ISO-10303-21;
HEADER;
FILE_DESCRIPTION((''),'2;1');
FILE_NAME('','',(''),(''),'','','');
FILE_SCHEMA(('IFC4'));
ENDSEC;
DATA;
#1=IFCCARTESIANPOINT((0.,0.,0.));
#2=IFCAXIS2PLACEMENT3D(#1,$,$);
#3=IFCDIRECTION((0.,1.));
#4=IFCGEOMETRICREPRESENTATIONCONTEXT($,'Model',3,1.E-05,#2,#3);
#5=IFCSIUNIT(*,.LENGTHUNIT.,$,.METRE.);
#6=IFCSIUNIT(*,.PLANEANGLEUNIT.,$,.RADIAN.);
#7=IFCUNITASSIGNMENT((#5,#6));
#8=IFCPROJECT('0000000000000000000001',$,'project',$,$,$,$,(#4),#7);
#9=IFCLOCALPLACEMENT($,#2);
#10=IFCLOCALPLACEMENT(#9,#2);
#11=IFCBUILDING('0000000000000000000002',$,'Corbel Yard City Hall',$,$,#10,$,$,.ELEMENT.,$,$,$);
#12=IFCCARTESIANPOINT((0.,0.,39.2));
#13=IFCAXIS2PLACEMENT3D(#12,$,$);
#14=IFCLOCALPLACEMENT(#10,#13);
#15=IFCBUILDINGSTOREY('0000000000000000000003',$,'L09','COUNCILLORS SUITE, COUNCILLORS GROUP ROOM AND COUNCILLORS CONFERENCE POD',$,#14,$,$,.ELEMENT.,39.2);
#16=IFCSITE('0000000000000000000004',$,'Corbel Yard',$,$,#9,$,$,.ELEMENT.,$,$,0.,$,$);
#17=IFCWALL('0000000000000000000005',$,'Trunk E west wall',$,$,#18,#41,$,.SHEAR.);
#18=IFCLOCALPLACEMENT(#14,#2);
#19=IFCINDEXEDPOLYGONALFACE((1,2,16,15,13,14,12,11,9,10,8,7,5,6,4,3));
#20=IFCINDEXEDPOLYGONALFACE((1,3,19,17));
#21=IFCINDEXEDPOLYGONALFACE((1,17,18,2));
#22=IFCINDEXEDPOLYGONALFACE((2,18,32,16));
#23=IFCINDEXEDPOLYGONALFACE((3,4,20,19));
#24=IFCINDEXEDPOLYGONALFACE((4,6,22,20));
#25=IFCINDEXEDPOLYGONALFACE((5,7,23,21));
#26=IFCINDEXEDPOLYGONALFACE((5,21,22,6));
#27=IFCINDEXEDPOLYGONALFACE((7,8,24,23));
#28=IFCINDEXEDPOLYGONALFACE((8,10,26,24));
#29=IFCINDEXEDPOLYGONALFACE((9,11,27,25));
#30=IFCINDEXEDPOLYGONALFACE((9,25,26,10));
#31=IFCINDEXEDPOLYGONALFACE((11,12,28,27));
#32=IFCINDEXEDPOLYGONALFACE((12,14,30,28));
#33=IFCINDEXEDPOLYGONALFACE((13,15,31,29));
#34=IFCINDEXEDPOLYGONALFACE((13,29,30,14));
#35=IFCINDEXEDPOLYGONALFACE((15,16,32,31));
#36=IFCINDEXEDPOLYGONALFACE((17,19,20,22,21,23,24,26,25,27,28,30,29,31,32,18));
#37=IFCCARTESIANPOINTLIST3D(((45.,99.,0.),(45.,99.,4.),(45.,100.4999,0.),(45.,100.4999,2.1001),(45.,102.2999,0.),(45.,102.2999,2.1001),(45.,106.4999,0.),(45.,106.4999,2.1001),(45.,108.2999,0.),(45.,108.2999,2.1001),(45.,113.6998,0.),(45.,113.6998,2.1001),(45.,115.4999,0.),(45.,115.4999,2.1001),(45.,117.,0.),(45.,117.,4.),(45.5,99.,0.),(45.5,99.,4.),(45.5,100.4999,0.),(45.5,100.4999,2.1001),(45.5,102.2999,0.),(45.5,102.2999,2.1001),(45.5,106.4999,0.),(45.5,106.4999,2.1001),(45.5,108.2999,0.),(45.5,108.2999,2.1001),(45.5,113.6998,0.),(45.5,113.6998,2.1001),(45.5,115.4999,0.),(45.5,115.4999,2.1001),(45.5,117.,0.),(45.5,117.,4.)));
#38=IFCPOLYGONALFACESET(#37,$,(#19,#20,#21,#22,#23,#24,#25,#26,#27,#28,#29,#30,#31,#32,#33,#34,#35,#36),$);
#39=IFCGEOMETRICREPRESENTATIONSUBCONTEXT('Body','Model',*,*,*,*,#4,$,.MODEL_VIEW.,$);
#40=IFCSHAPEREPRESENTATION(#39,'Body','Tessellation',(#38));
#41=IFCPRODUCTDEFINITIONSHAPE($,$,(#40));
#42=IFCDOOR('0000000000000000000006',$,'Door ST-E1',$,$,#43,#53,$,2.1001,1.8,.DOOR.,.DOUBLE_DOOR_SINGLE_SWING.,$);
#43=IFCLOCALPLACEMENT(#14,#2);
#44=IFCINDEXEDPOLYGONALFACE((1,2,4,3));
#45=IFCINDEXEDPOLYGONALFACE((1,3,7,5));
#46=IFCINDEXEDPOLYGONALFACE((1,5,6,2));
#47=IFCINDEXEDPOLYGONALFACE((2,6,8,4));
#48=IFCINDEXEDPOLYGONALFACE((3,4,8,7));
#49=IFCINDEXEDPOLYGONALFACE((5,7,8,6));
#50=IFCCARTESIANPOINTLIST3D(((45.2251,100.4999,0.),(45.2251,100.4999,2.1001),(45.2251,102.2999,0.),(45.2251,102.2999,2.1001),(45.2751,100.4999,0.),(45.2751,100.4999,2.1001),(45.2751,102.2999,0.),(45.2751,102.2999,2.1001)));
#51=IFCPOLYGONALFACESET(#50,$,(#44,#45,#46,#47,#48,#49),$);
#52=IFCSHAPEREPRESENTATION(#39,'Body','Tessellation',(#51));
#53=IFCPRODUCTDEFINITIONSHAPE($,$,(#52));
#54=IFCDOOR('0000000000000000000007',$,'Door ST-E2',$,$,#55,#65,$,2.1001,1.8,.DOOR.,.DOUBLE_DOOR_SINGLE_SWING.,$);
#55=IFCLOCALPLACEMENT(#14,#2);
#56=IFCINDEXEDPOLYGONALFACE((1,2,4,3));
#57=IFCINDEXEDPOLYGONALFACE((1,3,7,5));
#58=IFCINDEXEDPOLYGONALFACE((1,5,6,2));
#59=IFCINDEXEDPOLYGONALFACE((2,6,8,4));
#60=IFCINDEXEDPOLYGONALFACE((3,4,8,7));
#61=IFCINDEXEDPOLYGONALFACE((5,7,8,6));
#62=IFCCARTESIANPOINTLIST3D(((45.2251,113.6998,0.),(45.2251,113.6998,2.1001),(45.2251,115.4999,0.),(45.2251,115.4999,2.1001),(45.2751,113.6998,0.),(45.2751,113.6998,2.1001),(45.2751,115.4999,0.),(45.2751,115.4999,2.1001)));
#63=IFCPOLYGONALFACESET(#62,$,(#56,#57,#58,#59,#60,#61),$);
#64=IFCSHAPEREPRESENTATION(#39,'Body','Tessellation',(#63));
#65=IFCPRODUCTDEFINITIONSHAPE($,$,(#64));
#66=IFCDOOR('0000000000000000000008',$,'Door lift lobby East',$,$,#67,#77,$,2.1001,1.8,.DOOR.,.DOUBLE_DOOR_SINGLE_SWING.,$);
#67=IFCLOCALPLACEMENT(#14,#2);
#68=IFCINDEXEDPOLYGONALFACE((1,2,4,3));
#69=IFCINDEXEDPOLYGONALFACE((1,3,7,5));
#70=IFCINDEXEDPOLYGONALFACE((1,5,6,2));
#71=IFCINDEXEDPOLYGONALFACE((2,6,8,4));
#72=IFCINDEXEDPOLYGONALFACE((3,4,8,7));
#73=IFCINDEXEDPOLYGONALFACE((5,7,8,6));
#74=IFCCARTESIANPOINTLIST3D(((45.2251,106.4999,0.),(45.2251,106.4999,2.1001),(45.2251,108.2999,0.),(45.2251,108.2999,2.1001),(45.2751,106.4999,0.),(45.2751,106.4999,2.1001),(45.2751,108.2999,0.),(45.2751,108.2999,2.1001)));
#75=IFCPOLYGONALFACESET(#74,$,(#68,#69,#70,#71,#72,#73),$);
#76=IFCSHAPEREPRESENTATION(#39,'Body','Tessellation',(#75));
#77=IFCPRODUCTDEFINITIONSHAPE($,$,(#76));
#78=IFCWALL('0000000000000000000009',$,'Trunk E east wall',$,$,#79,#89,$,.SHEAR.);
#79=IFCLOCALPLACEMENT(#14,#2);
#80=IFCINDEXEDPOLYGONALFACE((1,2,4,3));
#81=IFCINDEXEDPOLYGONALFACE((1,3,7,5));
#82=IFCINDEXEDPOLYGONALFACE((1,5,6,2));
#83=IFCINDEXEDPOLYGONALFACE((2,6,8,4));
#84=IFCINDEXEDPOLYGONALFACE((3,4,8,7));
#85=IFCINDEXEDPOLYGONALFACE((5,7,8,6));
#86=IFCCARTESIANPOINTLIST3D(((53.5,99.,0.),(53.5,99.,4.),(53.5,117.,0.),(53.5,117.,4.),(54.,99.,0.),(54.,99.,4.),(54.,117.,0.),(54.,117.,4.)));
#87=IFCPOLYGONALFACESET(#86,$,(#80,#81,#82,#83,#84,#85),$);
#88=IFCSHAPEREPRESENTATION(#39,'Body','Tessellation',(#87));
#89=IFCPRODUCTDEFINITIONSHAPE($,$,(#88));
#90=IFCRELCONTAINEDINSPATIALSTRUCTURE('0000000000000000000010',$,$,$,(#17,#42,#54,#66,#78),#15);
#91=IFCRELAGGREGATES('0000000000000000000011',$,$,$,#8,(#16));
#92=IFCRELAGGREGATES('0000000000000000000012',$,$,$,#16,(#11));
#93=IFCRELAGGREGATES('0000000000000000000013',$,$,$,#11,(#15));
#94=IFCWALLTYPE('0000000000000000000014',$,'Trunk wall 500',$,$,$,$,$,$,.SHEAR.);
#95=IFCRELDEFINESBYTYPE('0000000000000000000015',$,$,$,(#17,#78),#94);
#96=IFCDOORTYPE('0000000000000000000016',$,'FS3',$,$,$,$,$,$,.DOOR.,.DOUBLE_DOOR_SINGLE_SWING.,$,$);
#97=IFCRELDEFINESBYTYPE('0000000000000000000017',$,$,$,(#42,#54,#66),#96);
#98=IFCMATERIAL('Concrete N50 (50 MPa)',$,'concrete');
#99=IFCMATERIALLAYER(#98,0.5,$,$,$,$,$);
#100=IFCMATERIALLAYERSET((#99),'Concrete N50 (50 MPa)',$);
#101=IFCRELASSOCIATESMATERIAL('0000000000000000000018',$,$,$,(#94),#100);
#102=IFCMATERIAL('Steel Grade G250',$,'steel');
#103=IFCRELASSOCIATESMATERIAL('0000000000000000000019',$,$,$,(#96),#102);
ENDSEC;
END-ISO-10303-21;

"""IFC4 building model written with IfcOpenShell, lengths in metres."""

from ifc_helpers import new_model, si_unit, direction, frame, frame_2d, origin, place, context, subcontext, project, spatial, rectangle, extrude, material, layer, layer_set, type_object, element, fill, save


model = new_model("IFC4")

# Units and contexts
model_context = context("Model", 3, precision=1e-05, world=origin(), true_north=direction((0.0, 1.0)))
body_context = subcontext(model_context, "Body", "Model", "MODEL_VIEW")
ifc_project = project(units=[si_unit("LENGTHUNIT", "METRE"), si_unit("PLANEANGLEUNIT", "RADIAN")], contexts=[model_context])

# Site, building, storey
site_placement = place(None, origin())
site = spatial("IfcSite", under=ifc_project, at=site_placement, Name="Corbel Yard", CompositionType="ELEMENT", RefElevation=0.0)
building_placement = place(site_placement, origin())
building = spatial("IfcBuilding", under=site, at=building_placement, Name="Corbel Yard City Hall", CompositionType="ELEMENT")
storey_placement = place(building_placement, frame((0.0, 0.0, 39.2)))
storey = spatial("IfcBuildingStorey", under=building, at=storey_placement, Name="L09", Description="COUNCILLORS SUITE, COUNCILLORS GROUP ROOM AND COUNCILLORS CONFERENCE POD", CompositionType="ELEMENT", Elevation=39.2)

# Wall, openings, doors
ifc_material_1 = material(Name="Concrete N50 (50 MPa)", Category="concrete")
ifc_layer_1 = layer(ifc_material_1, 0.5)
ifc_layer_set_1 = layer_set([ifc_layer_1], Name="Concrete N50 (50 MPa)")
wall_type_1 = type_object("IfcWallType", Name="Trunk wall 500", PredefinedType="SHEAR", material=ifc_layer_set_1)
wall_1_placement = place(storey_placement, frame((45.25, 99.0, 0.0), z_axis=(0.0, 0.0, 1.0), x_axis=(0.0, 1.0, 0.0)))
wall_1 = element("IfcWall", 1, at=wall_1_placement, inside=storey, type_object=wall_type_1, Name="Trunk E west wall", PredefinedType="SHEAR", context=body_context, shape_type="SweptSolid", body=[
    extrude(rectangle(XDim=18.0, YDim=0.5, at=frame_2d((9.0, 0.0))), origin(), (0.0, 0.0, 1.0), 4.0),
])
opening_1_placement = place(wall_1_placement, frame((1.5, 0.0, 0.0)))
opening_1 = element("IfcOpeningElement", 2, at=opening_1_placement, cuts=wall_1, PredefinedType="OPENING", context=body_context, shape_type="SweptSolid", body=[
    extrude(rectangle(XDim=1.8, YDim=2.1001, at=frame_2d((0.8999, 1.05))), frame((0.0, 0.26, 0.0), z_axis=(0.0, -1.0, 0.0), x_axis=(1.0, 0.0, 0.0)), (0.0, 0.0, 1.0), 0.52),
])
opening_2_placement = place(wall_1_placement, frame((14.7, 0.0, 0.0)))
opening_2 = element("IfcOpeningElement", 3, at=opening_2_placement, cuts=wall_1, PredefinedType="OPENING", context=body_context, shape_type="SweptSolid", body=[
    extrude(rectangle(XDim=1.8, YDim=2.1001, at=frame_2d((0.8999, 1.05))), frame((0.0, 0.26, 0.0), z_axis=(0.0, -1.0, 0.0), x_axis=(1.0, 0.0, 0.0)), (0.0, 0.0, 1.0), 0.52),
])
opening_3_placement = place(wall_1_placement, frame((7.5, 0.0, 0.0)))
opening_3 = element("IfcOpeningElement", 4, at=opening_3_placement, cuts=wall_1, PredefinedType="OPENING", context=body_context, shape_type="SweptSolid", body=[
    extrude(rectangle(XDim=1.8, YDim=2.1001, at=frame_2d((0.8999, 1.05))), frame((0.0, 0.26, 0.0), z_axis=(0.0, -1.0, 0.0), x_axis=(1.0, 0.0, 0.0)), (0.0, 0.0, 1.0), 0.52),
])
ifc_material_2 = material(Name="Steel Grade G250", Category="steel")
door_type = type_object("IfcDoorType", Name="FS3", OperationType="DOUBLE_DOOR_SINGLE_SWING", PredefinedType="DOOR", material=ifc_material_2)
door_1_placement = place(opening_1_placement, origin())
door_1 = element("IfcDoor", 5, at=door_1_placement, inside=storey, type_object=door_type, Name="Door ST-E1", OperationType="DOUBLE_DOOR_SINGLE_SWING", OverallHeight=2.1001, OverallWidth=1.8, PredefinedType="DOOR", context=body_context, shape_type="SweptSolid", body=[
    extrude(rectangle(XDim=1.8, YDim=2.1001, at=frame_2d((0.8999, 1.05))), frame((0.0, 0.0249, 0.0), z_axis=(0.0, -1.0, 0.0), x_axis=(1.0, 0.0, 0.0)), (0.0, 0.0, 1.0), 0.05),
])
fill(opening_1, door_1)
door_2_placement = place(opening_2_placement, origin())
door_2 = element("IfcDoor", 6, at=door_2_placement, inside=storey, type_object=door_type, Name="Door ST-E2", OperationType="DOUBLE_DOOR_SINGLE_SWING", OverallHeight=2.1001, OverallWidth=1.8, PredefinedType="DOOR", context=body_context, shape_type="SweptSolid", body=[
    extrude(rectangle(XDim=1.8, YDim=2.1001, at=frame_2d((0.8999, 1.05))), frame((0.0, 0.0249, 0.0), z_axis=(0.0, -1.0, 0.0), x_axis=(1.0, 0.0, 0.0)), (0.0, 0.0, 1.0), 0.05),
])
fill(opening_2, door_2)
door_3_placement = place(opening_3_placement, origin())
door_3 = element("IfcDoor", 7, at=door_3_placement, inside=storey, type_object=door_type, Name="Door lift lobby East", OperationType="DOUBLE_DOOR_SINGLE_SWING", OverallHeight=2.1001, OverallWidth=1.8, PredefinedType="DOOR", context=body_context, shape_type="SweptSolid", body=[
    extrude(rectangle(XDim=1.8, YDim=2.1001, at=frame_2d((0.8999, 1.05))), frame((0.0, 0.0249, 0.0), z_axis=(0.0, -1.0, 0.0), x_axis=(1.0, 0.0, 0.0)), (0.0, 0.0, 1.0), 0.05),
])
fill(opening_3, door_3)

# Wall
wall_2_placement = place(storey_placement, frame((53.75, 99.0, 0.0), z_axis=(0.0, 0.0, 1.0), x_axis=(0.0, 1.0, 0.0)))
element("IfcWall", 8, at=wall_2_placement, inside=storey, type_object=wall_type_1, Name="Trunk E east wall", PredefinedType="SHEAR", context=body_context, shape_type="SweptSolid", body=[
    extrude(rectangle(XDim=18.0, YDim=0.5, at=frame_2d((9.0, 0.0))), origin(), (0.0, 0.0, 1.0), 4.0),
])

save(model, "model.ifc")
